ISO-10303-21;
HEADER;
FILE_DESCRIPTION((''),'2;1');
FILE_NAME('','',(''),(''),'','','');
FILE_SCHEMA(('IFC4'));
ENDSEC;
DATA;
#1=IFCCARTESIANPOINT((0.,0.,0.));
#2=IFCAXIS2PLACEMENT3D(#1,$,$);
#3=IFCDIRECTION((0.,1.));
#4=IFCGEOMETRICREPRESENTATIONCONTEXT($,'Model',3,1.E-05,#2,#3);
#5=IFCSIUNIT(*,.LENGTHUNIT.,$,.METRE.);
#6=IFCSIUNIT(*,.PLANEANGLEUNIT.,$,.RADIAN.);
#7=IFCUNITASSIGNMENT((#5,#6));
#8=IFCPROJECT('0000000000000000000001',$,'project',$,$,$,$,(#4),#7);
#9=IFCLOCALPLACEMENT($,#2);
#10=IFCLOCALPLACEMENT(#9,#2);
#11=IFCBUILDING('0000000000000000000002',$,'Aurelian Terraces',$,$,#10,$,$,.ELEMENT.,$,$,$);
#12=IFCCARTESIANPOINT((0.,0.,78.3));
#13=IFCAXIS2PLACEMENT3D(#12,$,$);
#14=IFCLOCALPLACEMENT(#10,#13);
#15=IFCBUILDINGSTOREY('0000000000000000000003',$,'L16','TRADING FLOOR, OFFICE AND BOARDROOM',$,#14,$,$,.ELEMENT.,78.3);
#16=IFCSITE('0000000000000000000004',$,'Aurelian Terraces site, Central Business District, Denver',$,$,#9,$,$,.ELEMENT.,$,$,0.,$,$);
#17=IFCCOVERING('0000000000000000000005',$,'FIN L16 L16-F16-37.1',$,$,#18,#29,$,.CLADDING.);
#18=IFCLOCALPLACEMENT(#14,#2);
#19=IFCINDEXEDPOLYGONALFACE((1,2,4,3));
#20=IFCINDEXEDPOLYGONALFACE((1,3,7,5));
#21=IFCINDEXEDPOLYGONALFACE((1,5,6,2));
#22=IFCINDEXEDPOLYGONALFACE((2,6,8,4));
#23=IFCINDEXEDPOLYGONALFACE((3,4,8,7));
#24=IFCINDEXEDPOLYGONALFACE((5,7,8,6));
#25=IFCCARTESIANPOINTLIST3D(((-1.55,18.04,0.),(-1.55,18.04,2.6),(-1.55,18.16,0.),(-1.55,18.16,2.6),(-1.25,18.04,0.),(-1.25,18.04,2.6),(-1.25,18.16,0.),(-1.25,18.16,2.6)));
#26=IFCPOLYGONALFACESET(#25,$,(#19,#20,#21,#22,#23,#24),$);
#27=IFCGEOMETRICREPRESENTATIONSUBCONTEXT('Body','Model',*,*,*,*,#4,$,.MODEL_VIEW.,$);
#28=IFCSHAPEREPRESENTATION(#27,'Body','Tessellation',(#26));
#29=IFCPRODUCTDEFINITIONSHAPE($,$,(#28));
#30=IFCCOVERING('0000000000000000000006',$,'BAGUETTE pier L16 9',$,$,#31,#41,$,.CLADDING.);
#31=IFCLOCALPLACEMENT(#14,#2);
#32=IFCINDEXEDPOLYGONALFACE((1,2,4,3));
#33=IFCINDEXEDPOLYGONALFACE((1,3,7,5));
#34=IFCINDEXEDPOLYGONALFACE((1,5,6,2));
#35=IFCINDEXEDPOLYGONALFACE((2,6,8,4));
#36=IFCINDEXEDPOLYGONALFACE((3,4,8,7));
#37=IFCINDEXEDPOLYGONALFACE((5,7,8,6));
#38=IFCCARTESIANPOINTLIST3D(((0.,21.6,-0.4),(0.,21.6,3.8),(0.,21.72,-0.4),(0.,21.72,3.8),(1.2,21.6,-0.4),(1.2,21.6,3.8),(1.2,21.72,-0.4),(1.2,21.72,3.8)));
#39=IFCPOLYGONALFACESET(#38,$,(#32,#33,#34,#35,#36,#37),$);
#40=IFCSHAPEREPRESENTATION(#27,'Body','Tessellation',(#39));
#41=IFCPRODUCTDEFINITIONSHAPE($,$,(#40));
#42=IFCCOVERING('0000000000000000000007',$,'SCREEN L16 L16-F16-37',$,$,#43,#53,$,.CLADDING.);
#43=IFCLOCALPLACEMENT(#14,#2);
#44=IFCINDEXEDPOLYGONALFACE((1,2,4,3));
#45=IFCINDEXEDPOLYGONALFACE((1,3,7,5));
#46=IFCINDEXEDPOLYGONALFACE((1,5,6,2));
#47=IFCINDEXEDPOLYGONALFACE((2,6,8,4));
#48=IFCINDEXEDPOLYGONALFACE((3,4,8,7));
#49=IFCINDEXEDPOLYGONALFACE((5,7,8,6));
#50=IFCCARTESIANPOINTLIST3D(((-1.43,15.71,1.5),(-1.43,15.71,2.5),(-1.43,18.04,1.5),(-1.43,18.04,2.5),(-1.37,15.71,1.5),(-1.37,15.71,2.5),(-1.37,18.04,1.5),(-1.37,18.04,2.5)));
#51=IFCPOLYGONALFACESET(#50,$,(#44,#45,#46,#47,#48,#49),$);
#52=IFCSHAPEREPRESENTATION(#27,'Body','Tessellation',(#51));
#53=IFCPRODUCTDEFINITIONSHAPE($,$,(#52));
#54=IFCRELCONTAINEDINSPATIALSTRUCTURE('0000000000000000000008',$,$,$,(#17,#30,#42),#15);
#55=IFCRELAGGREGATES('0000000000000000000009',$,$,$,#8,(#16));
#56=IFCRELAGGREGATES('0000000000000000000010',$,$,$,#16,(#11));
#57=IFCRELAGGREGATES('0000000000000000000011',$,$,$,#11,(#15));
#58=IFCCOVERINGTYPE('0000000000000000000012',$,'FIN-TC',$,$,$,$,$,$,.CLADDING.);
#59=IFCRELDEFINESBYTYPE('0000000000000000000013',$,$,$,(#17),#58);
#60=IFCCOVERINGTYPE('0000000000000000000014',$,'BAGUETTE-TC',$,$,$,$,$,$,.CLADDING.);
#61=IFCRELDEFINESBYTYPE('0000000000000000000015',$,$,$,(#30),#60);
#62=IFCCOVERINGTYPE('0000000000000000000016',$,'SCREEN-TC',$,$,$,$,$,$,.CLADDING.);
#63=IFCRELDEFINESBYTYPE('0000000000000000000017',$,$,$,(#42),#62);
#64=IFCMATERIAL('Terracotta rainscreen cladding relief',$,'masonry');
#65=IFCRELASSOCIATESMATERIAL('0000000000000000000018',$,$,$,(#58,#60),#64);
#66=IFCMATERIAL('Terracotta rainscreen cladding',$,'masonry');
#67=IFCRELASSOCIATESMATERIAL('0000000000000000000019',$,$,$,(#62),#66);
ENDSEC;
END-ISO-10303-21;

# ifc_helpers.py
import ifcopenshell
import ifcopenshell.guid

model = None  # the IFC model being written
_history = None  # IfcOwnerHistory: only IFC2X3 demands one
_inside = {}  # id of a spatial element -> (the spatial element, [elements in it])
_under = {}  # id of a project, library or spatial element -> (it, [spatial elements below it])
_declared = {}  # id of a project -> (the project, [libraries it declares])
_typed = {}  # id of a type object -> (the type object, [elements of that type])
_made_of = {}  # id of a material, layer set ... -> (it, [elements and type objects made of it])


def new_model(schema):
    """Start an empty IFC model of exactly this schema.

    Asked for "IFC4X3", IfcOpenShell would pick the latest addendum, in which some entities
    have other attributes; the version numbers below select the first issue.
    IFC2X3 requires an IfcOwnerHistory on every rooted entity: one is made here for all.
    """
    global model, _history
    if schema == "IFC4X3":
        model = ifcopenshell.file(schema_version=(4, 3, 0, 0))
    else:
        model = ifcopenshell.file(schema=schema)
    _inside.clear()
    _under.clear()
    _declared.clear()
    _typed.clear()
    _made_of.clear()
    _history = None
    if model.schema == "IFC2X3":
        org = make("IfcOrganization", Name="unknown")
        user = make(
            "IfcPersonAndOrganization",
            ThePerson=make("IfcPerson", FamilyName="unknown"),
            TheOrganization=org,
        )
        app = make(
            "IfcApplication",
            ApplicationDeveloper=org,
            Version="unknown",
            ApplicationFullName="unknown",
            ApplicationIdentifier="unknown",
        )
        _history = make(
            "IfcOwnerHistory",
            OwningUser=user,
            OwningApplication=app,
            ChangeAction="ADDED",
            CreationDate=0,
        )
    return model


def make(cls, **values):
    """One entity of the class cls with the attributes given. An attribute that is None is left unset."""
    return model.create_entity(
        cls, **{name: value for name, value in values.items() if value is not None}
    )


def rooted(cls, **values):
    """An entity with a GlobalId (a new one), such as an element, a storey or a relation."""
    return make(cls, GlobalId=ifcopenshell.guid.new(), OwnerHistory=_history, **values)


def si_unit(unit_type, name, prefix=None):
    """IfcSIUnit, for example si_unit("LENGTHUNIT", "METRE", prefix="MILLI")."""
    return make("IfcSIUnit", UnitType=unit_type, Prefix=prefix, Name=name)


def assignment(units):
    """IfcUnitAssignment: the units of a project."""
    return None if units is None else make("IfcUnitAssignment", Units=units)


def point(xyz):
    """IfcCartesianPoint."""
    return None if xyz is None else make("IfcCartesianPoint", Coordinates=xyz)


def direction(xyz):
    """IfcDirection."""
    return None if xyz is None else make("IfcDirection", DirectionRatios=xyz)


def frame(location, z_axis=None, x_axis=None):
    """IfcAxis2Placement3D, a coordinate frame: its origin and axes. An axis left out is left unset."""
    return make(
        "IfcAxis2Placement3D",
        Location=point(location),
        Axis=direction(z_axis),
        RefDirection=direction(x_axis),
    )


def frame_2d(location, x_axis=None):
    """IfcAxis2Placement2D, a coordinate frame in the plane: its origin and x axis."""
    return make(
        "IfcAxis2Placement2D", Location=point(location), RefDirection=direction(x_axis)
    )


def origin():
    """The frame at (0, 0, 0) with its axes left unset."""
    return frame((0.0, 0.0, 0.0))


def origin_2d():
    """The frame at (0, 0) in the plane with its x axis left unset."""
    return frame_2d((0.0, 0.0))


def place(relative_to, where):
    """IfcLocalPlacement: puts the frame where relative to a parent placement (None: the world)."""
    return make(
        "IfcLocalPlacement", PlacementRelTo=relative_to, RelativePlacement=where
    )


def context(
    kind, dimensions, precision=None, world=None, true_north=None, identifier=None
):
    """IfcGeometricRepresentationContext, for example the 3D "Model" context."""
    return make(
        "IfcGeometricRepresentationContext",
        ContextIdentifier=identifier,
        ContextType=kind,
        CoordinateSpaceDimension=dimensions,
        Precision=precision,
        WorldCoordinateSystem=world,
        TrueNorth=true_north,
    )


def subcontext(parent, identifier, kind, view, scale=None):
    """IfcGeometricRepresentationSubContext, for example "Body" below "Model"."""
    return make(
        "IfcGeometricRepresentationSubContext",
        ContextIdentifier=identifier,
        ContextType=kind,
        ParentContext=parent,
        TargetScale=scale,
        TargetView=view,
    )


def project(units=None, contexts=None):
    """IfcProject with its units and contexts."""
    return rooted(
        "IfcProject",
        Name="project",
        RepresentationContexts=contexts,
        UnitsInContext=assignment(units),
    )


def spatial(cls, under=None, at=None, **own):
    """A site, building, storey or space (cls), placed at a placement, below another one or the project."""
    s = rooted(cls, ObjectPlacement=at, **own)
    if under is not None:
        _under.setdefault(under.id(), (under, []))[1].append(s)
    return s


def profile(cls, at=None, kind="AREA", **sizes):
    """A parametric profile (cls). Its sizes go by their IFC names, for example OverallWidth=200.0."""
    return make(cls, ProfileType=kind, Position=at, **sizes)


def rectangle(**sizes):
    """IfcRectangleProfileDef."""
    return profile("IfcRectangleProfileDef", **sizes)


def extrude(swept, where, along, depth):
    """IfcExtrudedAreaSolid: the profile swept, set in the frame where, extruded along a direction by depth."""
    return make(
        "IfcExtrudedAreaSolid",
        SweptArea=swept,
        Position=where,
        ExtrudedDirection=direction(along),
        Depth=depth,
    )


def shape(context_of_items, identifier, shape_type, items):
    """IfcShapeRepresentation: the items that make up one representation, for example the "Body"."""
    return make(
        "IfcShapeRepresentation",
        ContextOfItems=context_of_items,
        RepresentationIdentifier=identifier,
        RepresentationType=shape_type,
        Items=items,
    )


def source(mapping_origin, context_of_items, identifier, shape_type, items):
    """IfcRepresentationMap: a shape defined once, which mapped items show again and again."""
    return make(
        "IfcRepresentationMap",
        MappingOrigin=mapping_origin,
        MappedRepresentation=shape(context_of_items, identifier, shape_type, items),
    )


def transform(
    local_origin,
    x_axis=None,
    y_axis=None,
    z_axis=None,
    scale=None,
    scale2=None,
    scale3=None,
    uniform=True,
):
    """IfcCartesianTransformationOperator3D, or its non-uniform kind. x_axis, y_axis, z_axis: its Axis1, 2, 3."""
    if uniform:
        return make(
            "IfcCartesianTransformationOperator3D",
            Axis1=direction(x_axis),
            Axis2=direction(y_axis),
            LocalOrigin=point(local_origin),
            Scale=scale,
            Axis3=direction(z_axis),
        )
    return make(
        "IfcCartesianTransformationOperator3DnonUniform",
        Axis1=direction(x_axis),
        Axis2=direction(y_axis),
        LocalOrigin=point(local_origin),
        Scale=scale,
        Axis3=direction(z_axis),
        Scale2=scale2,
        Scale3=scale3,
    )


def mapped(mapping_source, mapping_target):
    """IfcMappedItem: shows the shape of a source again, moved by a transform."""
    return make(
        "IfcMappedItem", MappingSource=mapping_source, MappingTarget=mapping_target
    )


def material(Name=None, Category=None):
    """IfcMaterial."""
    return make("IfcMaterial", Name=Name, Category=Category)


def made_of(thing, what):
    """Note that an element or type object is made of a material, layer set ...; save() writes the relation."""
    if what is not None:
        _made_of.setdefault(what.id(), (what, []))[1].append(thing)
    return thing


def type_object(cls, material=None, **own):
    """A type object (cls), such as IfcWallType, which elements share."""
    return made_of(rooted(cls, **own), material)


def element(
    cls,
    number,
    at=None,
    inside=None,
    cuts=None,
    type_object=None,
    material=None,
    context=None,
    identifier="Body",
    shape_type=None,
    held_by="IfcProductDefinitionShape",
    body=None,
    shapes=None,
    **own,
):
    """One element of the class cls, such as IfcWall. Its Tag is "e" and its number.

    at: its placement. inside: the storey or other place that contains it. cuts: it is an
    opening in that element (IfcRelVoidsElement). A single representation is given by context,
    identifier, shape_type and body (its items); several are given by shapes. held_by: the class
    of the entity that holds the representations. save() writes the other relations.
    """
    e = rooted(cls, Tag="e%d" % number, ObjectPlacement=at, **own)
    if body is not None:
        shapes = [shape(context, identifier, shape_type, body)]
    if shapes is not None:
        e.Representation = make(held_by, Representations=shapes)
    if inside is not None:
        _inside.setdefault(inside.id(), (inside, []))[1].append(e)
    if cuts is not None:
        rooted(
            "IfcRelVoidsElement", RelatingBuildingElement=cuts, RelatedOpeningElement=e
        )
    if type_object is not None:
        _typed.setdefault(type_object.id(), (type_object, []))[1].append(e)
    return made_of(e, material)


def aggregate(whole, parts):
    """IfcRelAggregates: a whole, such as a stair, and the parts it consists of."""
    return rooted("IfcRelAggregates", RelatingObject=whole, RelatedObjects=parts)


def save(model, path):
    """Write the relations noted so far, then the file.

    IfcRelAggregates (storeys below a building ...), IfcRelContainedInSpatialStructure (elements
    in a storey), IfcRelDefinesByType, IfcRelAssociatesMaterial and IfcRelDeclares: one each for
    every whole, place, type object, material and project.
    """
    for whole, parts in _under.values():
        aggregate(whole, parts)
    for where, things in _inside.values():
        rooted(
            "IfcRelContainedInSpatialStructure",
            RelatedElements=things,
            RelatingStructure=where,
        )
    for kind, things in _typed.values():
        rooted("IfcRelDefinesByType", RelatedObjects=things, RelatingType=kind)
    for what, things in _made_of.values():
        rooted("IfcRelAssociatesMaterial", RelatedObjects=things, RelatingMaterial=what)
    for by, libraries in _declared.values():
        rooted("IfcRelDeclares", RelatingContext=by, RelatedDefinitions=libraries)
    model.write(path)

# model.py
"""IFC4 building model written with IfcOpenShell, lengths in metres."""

from ifc_helpers import new_model, si_unit, direction, frame, origin, origin_2d, place, context, subcontext, project, spatial, rectangle, extrude, source, transform, mapped, material, type_object, element, save


model = new_model("IFC4")

# Units and contexts
model_context = context("Model", 3, precision=1e-05, world=origin(), true_north=direction((0.0, 1.0)))
body_context = subcontext(model_context, "Body", "Model", "MODEL_VIEW")
ifc_project = project(units=[si_unit("LENGTHUNIT", "METRE"), si_unit("PLANEANGLEUNIT", "RADIAN")], contexts=[model_context])

# Site, building, storey
site_placement = place(None, origin())
site = spatial("IfcSite", under=ifc_project, at=site_placement, Name="Aurelian Terraces site, Central Business District, Denver", CompositionType="ELEMENT", RefElevation=0.0)
building_placement = place(site_placement, origin())
building = spatial("IfcBuilding", under=site, at=building_placement, Name="Aurelian Terraces", CompositionType="ELEMENT")
storey_placement = place(building_placement, frame((0.0, 0.0, 78.3)))
storey = spatial("IfcBuildingStorey", under=building, at=storey_placement, Name="L16", Description="TRADING FLOOR, OFFICE AND BOARDROOM", CompositionType="ELEMENT", Elevation=78.3)

# Shared definitions
ifc_material_1 = material(Name="Terracotta rainscreen cladding", Category="masonry")

# Coverings
ifc_material_2 = material(Name="Terracotta rainscreen cladding relief", Category="masonry")
covering_type_1 = type_object("IfcCoveringType", Name="FIN-TC", PredefinedType="CLADDING", material=ifc_material_2)
shared_shape_1 = source(origin(), body_context, "Body", "SweptSolid", [
    extrude(rectangle(XDim=0.3, YDim=0.12, at=origin_2d()), origin(), (0.0, 0.0, 1.0), 2.6),
])
covering_1_placement = place(storey_placement, frame((-1.4, 18.1, 0.0), z_axis=(0.0, 0.0, 1.0), x_axis=(1.0, 0.0, 0.0)))
element("IfcCovering", 1, at=covering_1_placement, inside=storey, type_object=covering_type_1, Name="FIN L16 L16-F16-37.1", PredefinedType="CLADDING", context=body_context, shape_type="MappedRepresentation", body=[
    mapped(shared_shape_1, transform((0.0, 0.0, 0.0), scale=1.0)),
])
covering_type_2 = type_object("IfcCoveringType", Name="BAGUETTE-TC", PredefinedType="CLADDING", material=ifc_material_2)
shared_shape_2 = source(origin(), body_context, "Body", "SweptSolid", [
    extrude(rectangle(XDim=1.2, YDim=0.12, at=origin_2d()), origin(), (0.0, 0.0, 1.0), 4.2),
])
covering_2_placement = place(storey_placement, frame((0.6, 21.66, -0.4), z_axis=(0.0, 0.0, 1.0), x_axis=(1.0, 0.0, 0.0)))
element("IfcCovering", 2, at=covering_2_placement, inside=storey, type_object=covering_type_2, Name="BAGUETTE pier L16 9", PredefinedType="CLADDING", context=body_context, shape_type="MappedRepresentation", body=[
    mapped(shared_shape_2, transform((0.0, 0.0, 0.0), scale=1.0)),
])
covering_type_3 = type_object("IfcCoveringType", Name="SCREEN-TC", PredefinedType="CLADDING", material=ifc_material_1)
shared_shape_3 = source(origin(), body_context, "Body", "SweptSolid", [
    extrude(rectangle(XDim=0.06, YDim=2.33, at=origin_2d()), origin(), (0.0, 0.0, 1.0), 1.0),
])
covering_3_placement = place(storey_placement, frame((-1.4, 16.875, 1.5), z_axis=(0.0, 0.0, 1.0), x_axis=(1.0, 0.0, 0.0)))
element("IfcCovering", 3, at=covering_3_placement, inside=storey, type_object=covering_type_3, Name="SCREEN L16 L16-F16-37", PredefinedType="CLADDING", context=body_context, shape_type="MappedRepresentation", body=[
    mapped(shared_shape_3, transform((0.0, 0.0, 0.0), scale=1.0)),
])

save(model, "model.ifc")
